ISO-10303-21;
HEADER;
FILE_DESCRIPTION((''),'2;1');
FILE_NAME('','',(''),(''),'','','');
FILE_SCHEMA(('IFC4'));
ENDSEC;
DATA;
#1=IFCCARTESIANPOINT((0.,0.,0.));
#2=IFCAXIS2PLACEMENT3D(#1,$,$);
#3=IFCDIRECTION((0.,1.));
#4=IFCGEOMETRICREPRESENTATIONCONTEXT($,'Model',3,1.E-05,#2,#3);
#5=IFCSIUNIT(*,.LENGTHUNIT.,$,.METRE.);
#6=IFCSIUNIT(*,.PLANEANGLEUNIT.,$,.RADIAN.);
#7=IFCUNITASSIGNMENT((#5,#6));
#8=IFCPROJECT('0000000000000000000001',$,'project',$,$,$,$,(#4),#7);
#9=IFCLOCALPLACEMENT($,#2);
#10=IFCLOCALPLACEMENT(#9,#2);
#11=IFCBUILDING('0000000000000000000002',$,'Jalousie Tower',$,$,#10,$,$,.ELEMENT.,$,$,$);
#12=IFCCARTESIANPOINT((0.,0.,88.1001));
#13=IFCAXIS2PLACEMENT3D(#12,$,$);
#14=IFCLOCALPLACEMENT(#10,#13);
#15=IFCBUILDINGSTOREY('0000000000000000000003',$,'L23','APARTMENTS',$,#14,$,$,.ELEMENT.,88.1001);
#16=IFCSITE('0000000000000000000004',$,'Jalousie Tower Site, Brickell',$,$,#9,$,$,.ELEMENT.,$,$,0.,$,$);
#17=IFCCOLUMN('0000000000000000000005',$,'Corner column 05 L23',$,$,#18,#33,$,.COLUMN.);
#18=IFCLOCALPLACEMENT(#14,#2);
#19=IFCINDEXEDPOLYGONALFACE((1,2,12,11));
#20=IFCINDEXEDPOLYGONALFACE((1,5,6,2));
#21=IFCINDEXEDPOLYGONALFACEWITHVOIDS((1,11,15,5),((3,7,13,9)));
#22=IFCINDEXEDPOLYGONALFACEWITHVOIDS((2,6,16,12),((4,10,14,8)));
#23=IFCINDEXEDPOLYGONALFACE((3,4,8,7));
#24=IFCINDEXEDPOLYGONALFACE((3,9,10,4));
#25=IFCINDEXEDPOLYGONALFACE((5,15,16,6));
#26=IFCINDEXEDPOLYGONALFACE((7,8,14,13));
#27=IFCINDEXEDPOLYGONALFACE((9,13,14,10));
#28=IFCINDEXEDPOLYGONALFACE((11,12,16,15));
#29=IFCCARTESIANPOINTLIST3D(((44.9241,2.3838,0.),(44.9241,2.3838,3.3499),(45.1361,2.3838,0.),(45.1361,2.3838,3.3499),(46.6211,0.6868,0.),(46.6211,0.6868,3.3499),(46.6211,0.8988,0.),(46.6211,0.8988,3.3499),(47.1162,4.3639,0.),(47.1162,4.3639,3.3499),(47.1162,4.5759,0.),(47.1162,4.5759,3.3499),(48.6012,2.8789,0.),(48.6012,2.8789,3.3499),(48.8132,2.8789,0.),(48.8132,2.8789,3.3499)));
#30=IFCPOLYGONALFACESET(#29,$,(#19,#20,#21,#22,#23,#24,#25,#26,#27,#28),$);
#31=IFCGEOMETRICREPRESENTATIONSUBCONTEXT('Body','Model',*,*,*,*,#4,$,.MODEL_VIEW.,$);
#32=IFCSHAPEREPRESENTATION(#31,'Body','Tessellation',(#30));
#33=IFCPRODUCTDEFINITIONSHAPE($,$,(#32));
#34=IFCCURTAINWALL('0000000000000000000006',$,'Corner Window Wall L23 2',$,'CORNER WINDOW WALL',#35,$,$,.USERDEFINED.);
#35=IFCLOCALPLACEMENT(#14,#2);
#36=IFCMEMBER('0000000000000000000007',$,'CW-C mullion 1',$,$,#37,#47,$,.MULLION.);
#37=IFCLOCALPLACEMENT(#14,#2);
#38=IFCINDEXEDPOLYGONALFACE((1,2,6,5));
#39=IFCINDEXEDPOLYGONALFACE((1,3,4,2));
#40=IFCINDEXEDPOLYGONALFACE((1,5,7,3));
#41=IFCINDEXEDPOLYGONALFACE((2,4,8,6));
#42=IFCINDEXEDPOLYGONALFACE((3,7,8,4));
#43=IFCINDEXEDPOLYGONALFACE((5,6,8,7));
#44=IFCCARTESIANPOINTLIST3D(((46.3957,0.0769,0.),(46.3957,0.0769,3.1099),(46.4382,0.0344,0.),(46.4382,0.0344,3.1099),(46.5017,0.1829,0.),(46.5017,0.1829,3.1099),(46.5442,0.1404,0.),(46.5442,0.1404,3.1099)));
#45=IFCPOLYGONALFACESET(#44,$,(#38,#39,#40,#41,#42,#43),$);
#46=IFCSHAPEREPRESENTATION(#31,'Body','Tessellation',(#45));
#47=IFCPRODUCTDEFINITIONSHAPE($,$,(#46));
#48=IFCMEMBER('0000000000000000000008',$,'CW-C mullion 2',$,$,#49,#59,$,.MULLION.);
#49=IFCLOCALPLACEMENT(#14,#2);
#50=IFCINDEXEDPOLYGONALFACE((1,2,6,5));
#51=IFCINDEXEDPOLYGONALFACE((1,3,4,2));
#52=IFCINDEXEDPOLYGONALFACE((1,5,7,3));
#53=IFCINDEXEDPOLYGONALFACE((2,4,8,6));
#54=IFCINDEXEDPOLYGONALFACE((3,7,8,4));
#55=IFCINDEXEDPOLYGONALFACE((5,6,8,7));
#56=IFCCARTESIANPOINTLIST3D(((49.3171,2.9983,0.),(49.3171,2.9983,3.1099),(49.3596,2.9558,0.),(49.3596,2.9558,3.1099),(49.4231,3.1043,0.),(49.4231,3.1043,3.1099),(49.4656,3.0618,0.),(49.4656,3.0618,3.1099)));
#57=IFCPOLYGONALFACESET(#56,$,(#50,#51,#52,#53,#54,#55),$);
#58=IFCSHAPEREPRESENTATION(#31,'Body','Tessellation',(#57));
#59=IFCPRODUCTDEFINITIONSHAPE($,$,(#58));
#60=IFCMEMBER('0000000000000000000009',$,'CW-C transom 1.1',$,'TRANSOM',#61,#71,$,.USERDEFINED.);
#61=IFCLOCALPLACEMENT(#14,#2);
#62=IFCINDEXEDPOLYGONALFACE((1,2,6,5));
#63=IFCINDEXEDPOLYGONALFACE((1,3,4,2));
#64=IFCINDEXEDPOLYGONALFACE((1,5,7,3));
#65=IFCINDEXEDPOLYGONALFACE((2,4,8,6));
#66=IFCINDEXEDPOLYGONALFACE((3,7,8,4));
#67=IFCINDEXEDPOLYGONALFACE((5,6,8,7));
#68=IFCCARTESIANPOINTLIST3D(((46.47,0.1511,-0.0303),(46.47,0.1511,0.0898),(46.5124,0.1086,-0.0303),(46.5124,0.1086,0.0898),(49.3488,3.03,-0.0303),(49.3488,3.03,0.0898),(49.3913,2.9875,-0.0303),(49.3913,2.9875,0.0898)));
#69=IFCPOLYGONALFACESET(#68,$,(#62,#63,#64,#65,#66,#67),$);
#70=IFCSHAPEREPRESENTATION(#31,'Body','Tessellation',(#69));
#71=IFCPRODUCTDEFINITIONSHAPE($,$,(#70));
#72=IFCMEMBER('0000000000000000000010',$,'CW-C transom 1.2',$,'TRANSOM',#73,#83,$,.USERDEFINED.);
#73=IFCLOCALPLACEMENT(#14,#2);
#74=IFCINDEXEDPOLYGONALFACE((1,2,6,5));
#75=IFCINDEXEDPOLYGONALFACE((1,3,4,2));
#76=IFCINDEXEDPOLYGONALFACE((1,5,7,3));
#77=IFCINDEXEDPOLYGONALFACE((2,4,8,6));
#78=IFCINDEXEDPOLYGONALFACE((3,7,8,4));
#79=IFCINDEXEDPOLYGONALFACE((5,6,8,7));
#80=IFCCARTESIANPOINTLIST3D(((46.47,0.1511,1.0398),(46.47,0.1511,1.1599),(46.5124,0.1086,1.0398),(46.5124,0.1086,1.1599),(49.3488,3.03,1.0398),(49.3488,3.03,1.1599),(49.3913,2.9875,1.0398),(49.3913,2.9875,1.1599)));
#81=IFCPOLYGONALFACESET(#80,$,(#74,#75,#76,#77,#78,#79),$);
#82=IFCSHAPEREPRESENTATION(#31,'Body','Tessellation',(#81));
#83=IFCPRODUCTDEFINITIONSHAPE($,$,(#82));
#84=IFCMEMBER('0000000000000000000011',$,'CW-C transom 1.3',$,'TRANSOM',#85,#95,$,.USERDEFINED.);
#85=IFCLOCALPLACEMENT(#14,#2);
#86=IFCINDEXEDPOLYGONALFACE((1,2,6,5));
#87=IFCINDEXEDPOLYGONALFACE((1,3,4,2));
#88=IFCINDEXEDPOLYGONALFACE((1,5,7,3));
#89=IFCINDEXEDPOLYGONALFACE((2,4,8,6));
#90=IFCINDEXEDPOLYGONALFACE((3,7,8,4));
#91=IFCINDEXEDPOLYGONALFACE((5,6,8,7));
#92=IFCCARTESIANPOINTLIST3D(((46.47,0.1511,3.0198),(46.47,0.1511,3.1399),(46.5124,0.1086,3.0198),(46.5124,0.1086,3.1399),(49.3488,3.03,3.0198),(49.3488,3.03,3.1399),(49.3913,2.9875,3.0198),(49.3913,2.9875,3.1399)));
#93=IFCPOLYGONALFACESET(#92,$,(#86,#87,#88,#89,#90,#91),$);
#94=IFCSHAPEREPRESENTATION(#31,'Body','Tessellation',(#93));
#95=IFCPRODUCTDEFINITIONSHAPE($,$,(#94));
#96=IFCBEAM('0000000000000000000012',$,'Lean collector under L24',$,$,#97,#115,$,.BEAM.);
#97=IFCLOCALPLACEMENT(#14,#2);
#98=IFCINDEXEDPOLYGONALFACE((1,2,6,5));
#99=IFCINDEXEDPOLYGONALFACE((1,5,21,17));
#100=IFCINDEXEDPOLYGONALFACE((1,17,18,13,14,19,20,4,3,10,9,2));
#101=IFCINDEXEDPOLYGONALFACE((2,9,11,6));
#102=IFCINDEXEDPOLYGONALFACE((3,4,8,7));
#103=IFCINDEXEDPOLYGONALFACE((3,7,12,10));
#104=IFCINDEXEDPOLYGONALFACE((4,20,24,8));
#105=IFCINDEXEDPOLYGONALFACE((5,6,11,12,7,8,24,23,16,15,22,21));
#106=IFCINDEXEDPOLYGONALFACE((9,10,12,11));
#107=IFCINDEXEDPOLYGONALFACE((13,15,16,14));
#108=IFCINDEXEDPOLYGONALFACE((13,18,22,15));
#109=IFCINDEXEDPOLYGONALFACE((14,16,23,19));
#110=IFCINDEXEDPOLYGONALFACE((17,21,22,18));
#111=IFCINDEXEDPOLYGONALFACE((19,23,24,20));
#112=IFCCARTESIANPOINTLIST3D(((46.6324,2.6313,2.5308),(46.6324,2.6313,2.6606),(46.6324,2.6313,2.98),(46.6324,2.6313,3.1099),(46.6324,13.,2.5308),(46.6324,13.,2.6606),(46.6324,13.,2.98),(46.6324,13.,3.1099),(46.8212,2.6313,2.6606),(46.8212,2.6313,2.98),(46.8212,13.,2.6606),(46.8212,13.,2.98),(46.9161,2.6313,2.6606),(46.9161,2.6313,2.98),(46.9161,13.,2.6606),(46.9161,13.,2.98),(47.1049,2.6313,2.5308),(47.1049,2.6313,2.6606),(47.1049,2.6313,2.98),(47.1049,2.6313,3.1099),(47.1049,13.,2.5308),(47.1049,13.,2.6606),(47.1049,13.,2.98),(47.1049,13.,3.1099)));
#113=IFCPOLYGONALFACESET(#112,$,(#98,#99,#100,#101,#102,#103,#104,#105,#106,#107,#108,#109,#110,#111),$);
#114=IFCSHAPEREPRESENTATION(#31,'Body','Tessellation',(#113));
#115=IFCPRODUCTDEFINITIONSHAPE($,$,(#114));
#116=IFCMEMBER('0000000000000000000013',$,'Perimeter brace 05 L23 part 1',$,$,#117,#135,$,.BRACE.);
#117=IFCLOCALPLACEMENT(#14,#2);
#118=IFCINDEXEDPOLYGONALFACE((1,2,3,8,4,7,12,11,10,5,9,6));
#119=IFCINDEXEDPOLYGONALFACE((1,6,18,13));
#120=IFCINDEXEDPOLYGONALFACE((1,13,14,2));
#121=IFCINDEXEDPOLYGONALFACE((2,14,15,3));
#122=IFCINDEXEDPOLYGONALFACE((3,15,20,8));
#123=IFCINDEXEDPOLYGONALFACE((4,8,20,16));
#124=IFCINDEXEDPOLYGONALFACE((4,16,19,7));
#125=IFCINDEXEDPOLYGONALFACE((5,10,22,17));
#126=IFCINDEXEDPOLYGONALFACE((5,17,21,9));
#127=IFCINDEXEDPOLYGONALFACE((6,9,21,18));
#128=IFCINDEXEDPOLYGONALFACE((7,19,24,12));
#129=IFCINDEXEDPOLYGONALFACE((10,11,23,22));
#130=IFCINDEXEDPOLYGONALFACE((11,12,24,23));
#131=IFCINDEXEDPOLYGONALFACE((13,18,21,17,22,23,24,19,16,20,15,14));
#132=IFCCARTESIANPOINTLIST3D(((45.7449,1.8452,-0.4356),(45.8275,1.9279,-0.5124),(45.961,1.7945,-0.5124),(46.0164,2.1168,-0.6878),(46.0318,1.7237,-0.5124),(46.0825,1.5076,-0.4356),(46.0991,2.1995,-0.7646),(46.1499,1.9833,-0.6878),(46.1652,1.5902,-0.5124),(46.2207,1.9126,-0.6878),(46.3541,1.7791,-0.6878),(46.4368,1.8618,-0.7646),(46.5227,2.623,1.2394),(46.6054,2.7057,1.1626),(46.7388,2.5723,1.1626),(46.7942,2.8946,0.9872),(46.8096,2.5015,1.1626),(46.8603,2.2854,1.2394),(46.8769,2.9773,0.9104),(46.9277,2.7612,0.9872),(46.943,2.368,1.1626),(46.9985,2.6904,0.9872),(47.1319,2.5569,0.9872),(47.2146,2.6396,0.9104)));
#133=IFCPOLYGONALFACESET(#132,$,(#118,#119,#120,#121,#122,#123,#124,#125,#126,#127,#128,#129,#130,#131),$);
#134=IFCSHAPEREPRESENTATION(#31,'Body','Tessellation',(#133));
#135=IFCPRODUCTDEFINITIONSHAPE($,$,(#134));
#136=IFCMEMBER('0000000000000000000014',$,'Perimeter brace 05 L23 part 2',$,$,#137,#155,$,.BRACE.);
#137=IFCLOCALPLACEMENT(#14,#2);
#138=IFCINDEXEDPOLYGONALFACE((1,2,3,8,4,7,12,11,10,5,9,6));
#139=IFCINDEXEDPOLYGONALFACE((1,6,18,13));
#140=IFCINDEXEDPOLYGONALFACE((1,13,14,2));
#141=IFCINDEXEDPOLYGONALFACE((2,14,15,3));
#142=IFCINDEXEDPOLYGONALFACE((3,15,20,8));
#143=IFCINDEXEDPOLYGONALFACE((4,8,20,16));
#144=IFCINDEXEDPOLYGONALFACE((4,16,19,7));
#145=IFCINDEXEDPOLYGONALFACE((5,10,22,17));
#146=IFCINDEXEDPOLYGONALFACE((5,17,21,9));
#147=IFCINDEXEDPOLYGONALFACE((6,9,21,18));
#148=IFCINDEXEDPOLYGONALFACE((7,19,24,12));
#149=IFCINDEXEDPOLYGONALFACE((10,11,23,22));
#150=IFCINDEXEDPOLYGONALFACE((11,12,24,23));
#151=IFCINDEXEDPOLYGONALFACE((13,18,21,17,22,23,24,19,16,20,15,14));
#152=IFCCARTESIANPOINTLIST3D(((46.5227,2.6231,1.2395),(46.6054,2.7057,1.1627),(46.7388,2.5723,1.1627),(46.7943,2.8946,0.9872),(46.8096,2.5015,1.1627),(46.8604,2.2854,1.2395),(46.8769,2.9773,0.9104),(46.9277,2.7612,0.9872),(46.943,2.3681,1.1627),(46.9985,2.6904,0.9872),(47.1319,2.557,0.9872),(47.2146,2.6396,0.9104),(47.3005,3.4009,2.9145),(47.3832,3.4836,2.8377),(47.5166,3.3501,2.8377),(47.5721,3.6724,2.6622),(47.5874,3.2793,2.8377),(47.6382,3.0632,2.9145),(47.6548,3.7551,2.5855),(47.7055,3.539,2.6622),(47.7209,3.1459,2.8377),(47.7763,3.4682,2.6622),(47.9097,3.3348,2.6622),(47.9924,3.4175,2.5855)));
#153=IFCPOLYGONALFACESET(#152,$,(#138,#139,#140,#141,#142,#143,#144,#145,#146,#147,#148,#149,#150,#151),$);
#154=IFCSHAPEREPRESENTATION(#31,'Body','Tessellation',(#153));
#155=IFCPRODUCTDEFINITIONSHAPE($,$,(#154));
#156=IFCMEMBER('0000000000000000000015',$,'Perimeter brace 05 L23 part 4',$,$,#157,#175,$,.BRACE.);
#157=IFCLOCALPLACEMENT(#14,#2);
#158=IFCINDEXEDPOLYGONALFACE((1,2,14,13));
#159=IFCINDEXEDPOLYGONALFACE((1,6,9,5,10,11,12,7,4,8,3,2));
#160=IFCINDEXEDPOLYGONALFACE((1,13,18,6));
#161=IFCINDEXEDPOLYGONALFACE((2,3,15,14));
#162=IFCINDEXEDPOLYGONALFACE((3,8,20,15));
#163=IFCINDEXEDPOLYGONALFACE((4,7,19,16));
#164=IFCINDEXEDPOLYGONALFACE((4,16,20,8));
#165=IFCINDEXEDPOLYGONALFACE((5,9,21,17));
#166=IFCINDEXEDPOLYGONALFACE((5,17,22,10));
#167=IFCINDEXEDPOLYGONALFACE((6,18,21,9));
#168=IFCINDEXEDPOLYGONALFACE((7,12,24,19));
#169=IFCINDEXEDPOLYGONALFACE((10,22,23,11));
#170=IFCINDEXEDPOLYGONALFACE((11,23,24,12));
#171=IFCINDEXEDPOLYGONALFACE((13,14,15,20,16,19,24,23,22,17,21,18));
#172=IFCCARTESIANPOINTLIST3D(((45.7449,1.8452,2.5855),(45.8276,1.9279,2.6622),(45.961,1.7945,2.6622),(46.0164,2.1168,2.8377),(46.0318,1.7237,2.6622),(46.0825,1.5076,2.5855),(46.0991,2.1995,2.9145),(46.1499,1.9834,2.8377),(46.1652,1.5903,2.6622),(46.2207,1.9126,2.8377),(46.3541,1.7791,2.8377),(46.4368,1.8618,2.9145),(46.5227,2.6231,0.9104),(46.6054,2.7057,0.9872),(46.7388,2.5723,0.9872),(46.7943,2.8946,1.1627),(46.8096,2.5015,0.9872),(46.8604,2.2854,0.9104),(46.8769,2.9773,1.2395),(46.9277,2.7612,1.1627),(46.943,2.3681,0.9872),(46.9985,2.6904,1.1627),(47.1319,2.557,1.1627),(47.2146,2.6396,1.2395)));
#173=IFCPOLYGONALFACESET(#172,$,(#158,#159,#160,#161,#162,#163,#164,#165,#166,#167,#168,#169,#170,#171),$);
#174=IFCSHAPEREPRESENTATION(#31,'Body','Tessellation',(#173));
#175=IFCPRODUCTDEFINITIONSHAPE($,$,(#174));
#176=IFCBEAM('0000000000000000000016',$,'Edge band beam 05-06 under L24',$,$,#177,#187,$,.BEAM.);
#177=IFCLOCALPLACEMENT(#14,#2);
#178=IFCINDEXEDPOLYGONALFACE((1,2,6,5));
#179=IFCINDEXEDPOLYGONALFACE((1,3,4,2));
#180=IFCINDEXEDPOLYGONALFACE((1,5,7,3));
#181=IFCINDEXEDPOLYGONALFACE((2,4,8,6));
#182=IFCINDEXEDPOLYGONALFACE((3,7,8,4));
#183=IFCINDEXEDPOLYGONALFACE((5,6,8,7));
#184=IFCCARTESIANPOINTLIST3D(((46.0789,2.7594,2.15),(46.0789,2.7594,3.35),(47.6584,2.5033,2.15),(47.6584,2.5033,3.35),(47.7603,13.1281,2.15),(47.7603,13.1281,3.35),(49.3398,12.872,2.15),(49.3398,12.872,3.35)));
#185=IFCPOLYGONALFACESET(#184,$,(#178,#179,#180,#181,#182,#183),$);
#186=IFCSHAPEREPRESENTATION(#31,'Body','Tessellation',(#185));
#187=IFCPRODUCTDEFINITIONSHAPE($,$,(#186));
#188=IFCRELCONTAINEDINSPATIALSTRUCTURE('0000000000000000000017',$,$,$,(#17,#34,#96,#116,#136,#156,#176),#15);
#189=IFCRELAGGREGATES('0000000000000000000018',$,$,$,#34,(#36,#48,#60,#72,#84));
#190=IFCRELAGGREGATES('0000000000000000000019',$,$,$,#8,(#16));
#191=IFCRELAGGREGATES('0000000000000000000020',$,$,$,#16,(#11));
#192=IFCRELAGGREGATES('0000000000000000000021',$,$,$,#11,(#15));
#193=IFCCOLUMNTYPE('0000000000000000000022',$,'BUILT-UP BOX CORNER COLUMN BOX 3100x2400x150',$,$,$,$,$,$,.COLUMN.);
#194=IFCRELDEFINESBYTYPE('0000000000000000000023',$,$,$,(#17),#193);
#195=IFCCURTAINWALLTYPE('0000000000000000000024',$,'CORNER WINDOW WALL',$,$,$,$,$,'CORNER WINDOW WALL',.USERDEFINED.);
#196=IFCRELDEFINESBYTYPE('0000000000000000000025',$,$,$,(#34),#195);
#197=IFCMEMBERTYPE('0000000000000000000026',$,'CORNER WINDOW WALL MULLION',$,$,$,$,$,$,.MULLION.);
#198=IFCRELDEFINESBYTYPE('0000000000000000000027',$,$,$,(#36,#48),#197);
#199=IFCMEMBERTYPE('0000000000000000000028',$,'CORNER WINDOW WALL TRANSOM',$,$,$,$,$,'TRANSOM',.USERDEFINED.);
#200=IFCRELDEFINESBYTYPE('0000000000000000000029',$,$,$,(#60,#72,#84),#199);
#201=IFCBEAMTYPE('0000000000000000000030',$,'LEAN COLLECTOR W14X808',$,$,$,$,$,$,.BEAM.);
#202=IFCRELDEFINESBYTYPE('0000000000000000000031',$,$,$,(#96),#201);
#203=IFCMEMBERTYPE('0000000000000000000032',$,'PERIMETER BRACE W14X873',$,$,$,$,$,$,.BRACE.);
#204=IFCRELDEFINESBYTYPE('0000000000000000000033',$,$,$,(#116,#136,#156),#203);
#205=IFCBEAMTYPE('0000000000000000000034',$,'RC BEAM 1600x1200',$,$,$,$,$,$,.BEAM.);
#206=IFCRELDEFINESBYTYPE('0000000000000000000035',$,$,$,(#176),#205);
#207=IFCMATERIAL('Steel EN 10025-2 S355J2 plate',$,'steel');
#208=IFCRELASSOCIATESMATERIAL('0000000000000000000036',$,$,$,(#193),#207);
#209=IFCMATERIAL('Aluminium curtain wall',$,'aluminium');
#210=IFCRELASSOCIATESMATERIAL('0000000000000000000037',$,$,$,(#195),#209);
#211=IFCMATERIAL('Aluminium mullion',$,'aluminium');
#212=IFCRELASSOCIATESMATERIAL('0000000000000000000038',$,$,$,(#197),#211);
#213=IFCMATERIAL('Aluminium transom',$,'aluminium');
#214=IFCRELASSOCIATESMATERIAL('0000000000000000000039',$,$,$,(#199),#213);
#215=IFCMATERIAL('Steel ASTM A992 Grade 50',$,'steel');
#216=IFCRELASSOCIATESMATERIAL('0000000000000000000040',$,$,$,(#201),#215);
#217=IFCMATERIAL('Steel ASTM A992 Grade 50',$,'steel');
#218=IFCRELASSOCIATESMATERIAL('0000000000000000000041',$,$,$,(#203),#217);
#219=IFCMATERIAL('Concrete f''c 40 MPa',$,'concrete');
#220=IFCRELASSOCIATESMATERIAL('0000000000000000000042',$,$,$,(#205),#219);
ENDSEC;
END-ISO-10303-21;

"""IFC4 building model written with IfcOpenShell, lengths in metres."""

from ifc_helpers import new_model, si_unit, direction, frame, origin, origin_2d, place, context, subcontext, project, spatial, rectangle, hollow_rectangle, i_section, extrude, material, material_profile, profile_set, type_object, element, aggregate, save


model = new_model("IFC4")

# Units and contexts
model_context = context("Model", 3, precision=1e-05, world=origin(), true_north=direction((0.0, 1.0)))
body_context = subcontext(model_context, "Body", "Model", "MODEL_VIEW")
ifc_project = project(units=[si_unit("LENGTHUNIT", "METRE"), si_unit("PLANEANGLEUNIT", "RADIAN")], contexts=[model_context])

# Site, building, storey
site_placement = place(None, origin())
site = spatial("IfcSite", under=ifc_project, at=site_placement, Name="Jalousie Tower Site, Brickell", CompositionType="ELEMENT", RefElevation=0.0)
building_placement = place(site_placement, origin())
building = spatial("IfcBuilding", under=site, at=building_placement, Name="Jalousie Tower", CompositionType="ELEMENT")
storey_placement = place(building_placement, frame((0.0, 0.0, 88.1001)))
storey = spatial("IfcBuildingStorey", under=building, at=storey_placement, Name="L23", Description="APARTMENTS", CompositionType="ELEMENT", Elevation=88.1001)

# Column
ifc_material_1 = material(Name="Steel EN 10025-2 S355J2 plate", Category="steel")
ifc_material_profile_1 = material_profile(ifc_material_1, hollow_rectangle(XDim=2.3999, YDim=3.1001, WallThickness=0.1499, at=origin_2d()), Name="BOX 3100x2400x150")
ifc_profile_set_1 = profile_set([ifc_material_profile_1], Name="Steel EN 10025-2 S355J2 plate")
column_type = type_object("IfcColumnType", Name="BUILT-UP BOX CORNER COLUMN BOX 3100x2400x150", PredefinedType="COLUMN", material=ifc_profile_set_1)
column_placement = place(storey_placement, frame((46.8687, 2.6313, 0.0), z_axis=(0.0, 0.0, 1.0), x_axis=(-0.707107, 0.707107, 0.0)))
element("IfcColumn", 1, at=column_placement, inside=storey, type_object=column_type, Name="Corner column 05 L23", PredefinedType="COLUMN", context=body_context, shape_type="SweptSolid", body=[
    extrude(hollow_rectangle(XDim=2.3999, YDim=3.1001, WallThickness=0.1499, at=origin_2d()), origin(), (0.0, 0.0, 1.0), 3.3499),
])

# Curtain wall, members
ifc_material_2 = material(Name="Aluminium curtain wall", Category="aluminium")
curtain_wall_type_1 = type_object("IfcCurtainWallType", Name="CORNER WINDOW WALL", ElementType="CORNER WINDOW WALL", PredefinedType="USERDEFINED", material=ifc_material_2)
curtain_wall_1_placement = place(storey_placement, origin())
curtain_wall_1 = element("IfcCurtainWall", 2, at=curtain_wall_1_placement, inside=storey, type_object=curtain_wall_type_1, Name="Corner Window Wall L23 2", ObjectType="CORNER WINDOW WALL", PredefinedType="USERDEFINED")
ifc_material_3 = material(Name="Aluminium mullion", Category="aluminium")
ifc_material_profile_2 = material_profile(ifc_material_3, rectangle(XDim=0.0601, YDim=0.1499, at=origin_2d()), Name="MULLION 60x150")
ifc_profile_set_2 = profile_set([ifc_material_profile_2], Name="Aluminium mullion")
member_type_1 = type_object("IfcMemberType", Name="CORNER WINDOW WALL MULLION", PredefinedType="MULLION", material=ifc_profile_set_2)
member_1_placement = place(storey_placement, frame((46.47, 0.1086, 0.0), z_axis=(0.0, 0.0, 1.0), x_axis=(-0.707107, 0.707107, 0.0)))
member_1 = element("IfcMember", 3, at=member_1_placement, type_object=member_type_1, Name="CW-C mullion 1", PredefinedType="MULLION", context=body_context, shape_type="SweptSolid", body=[
    extrude(rectangle(XDim=0.0601, YDim=0.1499, at=origin_2d()), origin(), (0.0, 0.0, 1.0), 3.1099),
])
member_2_placement = place(storey_placement, frame((49.3914, 3.03, 0.0), z_axis=(0.0, 0.0, 1.0), x_axis=(-0.707107, 0.707107, 0.0)))
member_2 = element("IfcMember", 4, at=member_2_placement, type_object=member_type_1, Name="CW-C mullion 2", PredefinedType="MULLION", context=body_context, shape_type="SweptSolid", body=[
    extrude(rectangle(XDim=0.0601, YDim=0.1499, at=origin_2d()), origin(), (0.0, 0.0, 1.0), 3.1099),
])
ifc_material_4 = material(Name="Aluminium transom", Category="aluminium")
ifc_material_profile_3 = material_profile(ifc_material_4, rectangle(XDim=0.0601, YDim=0.1201, at=origin_2d()), Name="TRANSOM 60x120")
ifc_profile_set_3 = profile_set([ifc_material_profile_3], Name="Aluminium transom")
member_type_2 = type_object("IfcMemberType", Name="CORNER WINDOW WALL TRANSOM", ElementType="TRANSOM", PredefinedType="USERDEFINED", material=ifc_profile_set_3)
member_3_placement = place(storey_placement, frame((46.4912, 0.1299, 0.0298), z_axis=(0.707107, 0.707107, 0.0), x_axis=(-0.707107, 0.707107, 0.0)))
member_3 = element("IfcMember", 5, at=member_3_placement, type_object=member_type_2, Name="CW-C transom 1.1", ObjectType="TRANSOM", PredefinedType="USERDEFINED", context=body_context, shape_type="SweptSolid", body=[
    extrude(rectangle(XDim=0.0601, YDim=0.1201, at=origin_2d()), origin(), (0.0, 0.0, 1.0), 4.0713),
])
member_4_placement = place(storey_placement, frame((46.4912, 0.1299, 1.0999), z_axis=(0.707107, 0.707107, 0.0), x_axis=(-0.707107, 0.707107, 0.0)))
member_4 = element("IfcMember", 6, at=member_4_placement, type_object=member_type_2, Name="CW-C transom 1.2", ObjectType="TRANSOM", PredefinedType="USERDEFINED", context=body_context, shape_type="SweptSolid", body=[
    extrude(rectangle(XDim=0.0601, YDim=0.1201, at=origin_2d()), origin(), (0.0, 0.0, 1.0), 4.0713),
])
member_5_placement = place(storey_placement, frame((46.4912, 0.1299, 3.0798), z_axis=(0.707107, 0.707107, 0.0), x_axis=(-0.707107, 0.707107, 0.0)))
member_5 = element("IfcMember", 7, at=member_5_placement, type_object=member_type_2, Name="CW-C transom 1.3", ObjectType="TRANSOM", PredefinedType="USERDEFINED", context=body_context, shape_type="SweptSolid", body=[
    extrude(rectangle(XDim=0.0601, YDim=0.1201, at=origin_2d()), origin(), (0.0, 0.0, 1.0), 4.0713),
])

# Beam
ifc_material_5 = material(Name="Steel ASTM A992 Grade 50", Category="steel")
ifc_material_profile_4 = material_profile(ifc_material_5, i_section(OverallWidth=0.4724, OverallDepth=0.5791, WebThickness=0.095, FlangeThickness=0.1299, at=origin_2d()), Name="W14X808")
ifc_profile_set_4 = profile_set([ifc_material_profile_4], Name="Steel ASTM A992 Grade 50")
beam_type_1 = type_object("IfcBeamType", Name="LEAN COLLECTOR W14X808", PredefinedType="BEAM", material=ifc_profile_set_4)
beam_1_placement = place(storey_placement, frame((46.8687, 2.6313, 2.8203), z_axis=(0.0, 1.0, 0.0), x_axis=(-1.0, 0.0, 0.0)))
element("IfcBeam", 8, at=beam_1_placement, inside=storey, type_object=beam_type_1, Name="Lean collector under L24", PredefinedType="BEAM", context=body_context, shape_type="SweptSolid", body=[
    extrude(i_section(OverallWidth=0.4724, OverallDepth=0.5791, WebThickness=0.095, FlangeThickness=0.1299, at=origin_2d()), origin(), (0.0, 0.0, 1.0), 10.3687),
])

# Members
ifc_material_6 = material(Name="Steel ASTM A992 Grade 50", Category="steel")
ifc_material_profile_5 = material_profile(ifc_material_6, i_section(OverallWidth=0.4775, OverallDepth=0.5994, WebThickness=0.1001, FlangeThickness=0.1399, at=origin_2d()), Name="W14X873")
ifc_profile_set_5 = profile_set([ifc_material_profile_5], Name="Steel ASTM A992 Grade 50")
member_type_3 = type_object("IfcMemberType", Name="PERIMETER BRACE W14X873", PredefinedType="BRACE", material=ifc_profile_set_5)
for number, where, z_axis, x_axis, name in (
    (9, (46.0908, 1.8535, -0.6001), (0.388149, 0.388149, 0.835872), (-0.707107, 0.707107, 0.0), "Perimeter brace 05 L23 part 1"),
    (10, (46.8687, 2.6313, 1.075), (0.388149, 0.388149, 0.835872), (-0.707107, 0.707107, 0.0), "Perimeter brace 05 L23 part 2"),
    (11, (46.8687, 2.6313, 1.075), (-0.388149, -0.388149, 0.835872), (0.707107, -0.707107, 0.0), "Perimeter brace 05 L23 part 4"),
):
    element("IfcMember", number, at=place(storey_placement, frame(where, z_axis=z_axis, x_axis=x_axis)), inside=storey, type_object=member_type_3, Name=name, PredefinedType="BRACE", context=body_context, shape_type="SweptSolid", body=[
        extrude(i_section(OverallWidth=0.4775, OverallDepth=0.5994, WebThickness=0.1001, FlangeThickness=0.1399, at=origin_2d()), origin(), (0.0, 0.0, 1.0), 2.0039),
    ])

# Beam
ifc_material_7 = material(Name="Concrete f'c 40 MPa", Category="concrete")
ifc_material_profile_6 = material_profile(ifc_material_7, rectangle(XDim=1.6001, YDim=1.2, at=origin_2d()), Name="RC 1600x1200")
ifc_profile_set_6 = profile_set([ifc_material_profile_6], Name="Concrete f'c 40 MPa")
beam_type_2 = type_object("IfcBeamType", Name="RC BEAM 1600x1200", PredefinedType="BEAM", material=ifc_profile_set_6)
beam_2_placement = place(storey_placement, frame((46.8687, 2.6313, 2.75), z_axis=(0.160071, 0.987106, 0.0), x_axis=(-0.987106, 0.160071, 0.0)))
element("IfcBeam", 12, at=beam_2_placement, inside=storey, type_object=beam_type_2, Name="Edge band beam 05-06 under L24", PredefinedType="BEAM", context=body_context, shape_type="SweptSolid", body=[
    extrude(rectangle(XDim=1.6001, YDim=1.2, at=origin_2d()), origin(), (0.0, 0.0, 1.0), 10.5042),
])

aggregate(curtain_wall_1, [member_1, member_2, member_3, member_4, member_5])

save(model, "model.ifc")
